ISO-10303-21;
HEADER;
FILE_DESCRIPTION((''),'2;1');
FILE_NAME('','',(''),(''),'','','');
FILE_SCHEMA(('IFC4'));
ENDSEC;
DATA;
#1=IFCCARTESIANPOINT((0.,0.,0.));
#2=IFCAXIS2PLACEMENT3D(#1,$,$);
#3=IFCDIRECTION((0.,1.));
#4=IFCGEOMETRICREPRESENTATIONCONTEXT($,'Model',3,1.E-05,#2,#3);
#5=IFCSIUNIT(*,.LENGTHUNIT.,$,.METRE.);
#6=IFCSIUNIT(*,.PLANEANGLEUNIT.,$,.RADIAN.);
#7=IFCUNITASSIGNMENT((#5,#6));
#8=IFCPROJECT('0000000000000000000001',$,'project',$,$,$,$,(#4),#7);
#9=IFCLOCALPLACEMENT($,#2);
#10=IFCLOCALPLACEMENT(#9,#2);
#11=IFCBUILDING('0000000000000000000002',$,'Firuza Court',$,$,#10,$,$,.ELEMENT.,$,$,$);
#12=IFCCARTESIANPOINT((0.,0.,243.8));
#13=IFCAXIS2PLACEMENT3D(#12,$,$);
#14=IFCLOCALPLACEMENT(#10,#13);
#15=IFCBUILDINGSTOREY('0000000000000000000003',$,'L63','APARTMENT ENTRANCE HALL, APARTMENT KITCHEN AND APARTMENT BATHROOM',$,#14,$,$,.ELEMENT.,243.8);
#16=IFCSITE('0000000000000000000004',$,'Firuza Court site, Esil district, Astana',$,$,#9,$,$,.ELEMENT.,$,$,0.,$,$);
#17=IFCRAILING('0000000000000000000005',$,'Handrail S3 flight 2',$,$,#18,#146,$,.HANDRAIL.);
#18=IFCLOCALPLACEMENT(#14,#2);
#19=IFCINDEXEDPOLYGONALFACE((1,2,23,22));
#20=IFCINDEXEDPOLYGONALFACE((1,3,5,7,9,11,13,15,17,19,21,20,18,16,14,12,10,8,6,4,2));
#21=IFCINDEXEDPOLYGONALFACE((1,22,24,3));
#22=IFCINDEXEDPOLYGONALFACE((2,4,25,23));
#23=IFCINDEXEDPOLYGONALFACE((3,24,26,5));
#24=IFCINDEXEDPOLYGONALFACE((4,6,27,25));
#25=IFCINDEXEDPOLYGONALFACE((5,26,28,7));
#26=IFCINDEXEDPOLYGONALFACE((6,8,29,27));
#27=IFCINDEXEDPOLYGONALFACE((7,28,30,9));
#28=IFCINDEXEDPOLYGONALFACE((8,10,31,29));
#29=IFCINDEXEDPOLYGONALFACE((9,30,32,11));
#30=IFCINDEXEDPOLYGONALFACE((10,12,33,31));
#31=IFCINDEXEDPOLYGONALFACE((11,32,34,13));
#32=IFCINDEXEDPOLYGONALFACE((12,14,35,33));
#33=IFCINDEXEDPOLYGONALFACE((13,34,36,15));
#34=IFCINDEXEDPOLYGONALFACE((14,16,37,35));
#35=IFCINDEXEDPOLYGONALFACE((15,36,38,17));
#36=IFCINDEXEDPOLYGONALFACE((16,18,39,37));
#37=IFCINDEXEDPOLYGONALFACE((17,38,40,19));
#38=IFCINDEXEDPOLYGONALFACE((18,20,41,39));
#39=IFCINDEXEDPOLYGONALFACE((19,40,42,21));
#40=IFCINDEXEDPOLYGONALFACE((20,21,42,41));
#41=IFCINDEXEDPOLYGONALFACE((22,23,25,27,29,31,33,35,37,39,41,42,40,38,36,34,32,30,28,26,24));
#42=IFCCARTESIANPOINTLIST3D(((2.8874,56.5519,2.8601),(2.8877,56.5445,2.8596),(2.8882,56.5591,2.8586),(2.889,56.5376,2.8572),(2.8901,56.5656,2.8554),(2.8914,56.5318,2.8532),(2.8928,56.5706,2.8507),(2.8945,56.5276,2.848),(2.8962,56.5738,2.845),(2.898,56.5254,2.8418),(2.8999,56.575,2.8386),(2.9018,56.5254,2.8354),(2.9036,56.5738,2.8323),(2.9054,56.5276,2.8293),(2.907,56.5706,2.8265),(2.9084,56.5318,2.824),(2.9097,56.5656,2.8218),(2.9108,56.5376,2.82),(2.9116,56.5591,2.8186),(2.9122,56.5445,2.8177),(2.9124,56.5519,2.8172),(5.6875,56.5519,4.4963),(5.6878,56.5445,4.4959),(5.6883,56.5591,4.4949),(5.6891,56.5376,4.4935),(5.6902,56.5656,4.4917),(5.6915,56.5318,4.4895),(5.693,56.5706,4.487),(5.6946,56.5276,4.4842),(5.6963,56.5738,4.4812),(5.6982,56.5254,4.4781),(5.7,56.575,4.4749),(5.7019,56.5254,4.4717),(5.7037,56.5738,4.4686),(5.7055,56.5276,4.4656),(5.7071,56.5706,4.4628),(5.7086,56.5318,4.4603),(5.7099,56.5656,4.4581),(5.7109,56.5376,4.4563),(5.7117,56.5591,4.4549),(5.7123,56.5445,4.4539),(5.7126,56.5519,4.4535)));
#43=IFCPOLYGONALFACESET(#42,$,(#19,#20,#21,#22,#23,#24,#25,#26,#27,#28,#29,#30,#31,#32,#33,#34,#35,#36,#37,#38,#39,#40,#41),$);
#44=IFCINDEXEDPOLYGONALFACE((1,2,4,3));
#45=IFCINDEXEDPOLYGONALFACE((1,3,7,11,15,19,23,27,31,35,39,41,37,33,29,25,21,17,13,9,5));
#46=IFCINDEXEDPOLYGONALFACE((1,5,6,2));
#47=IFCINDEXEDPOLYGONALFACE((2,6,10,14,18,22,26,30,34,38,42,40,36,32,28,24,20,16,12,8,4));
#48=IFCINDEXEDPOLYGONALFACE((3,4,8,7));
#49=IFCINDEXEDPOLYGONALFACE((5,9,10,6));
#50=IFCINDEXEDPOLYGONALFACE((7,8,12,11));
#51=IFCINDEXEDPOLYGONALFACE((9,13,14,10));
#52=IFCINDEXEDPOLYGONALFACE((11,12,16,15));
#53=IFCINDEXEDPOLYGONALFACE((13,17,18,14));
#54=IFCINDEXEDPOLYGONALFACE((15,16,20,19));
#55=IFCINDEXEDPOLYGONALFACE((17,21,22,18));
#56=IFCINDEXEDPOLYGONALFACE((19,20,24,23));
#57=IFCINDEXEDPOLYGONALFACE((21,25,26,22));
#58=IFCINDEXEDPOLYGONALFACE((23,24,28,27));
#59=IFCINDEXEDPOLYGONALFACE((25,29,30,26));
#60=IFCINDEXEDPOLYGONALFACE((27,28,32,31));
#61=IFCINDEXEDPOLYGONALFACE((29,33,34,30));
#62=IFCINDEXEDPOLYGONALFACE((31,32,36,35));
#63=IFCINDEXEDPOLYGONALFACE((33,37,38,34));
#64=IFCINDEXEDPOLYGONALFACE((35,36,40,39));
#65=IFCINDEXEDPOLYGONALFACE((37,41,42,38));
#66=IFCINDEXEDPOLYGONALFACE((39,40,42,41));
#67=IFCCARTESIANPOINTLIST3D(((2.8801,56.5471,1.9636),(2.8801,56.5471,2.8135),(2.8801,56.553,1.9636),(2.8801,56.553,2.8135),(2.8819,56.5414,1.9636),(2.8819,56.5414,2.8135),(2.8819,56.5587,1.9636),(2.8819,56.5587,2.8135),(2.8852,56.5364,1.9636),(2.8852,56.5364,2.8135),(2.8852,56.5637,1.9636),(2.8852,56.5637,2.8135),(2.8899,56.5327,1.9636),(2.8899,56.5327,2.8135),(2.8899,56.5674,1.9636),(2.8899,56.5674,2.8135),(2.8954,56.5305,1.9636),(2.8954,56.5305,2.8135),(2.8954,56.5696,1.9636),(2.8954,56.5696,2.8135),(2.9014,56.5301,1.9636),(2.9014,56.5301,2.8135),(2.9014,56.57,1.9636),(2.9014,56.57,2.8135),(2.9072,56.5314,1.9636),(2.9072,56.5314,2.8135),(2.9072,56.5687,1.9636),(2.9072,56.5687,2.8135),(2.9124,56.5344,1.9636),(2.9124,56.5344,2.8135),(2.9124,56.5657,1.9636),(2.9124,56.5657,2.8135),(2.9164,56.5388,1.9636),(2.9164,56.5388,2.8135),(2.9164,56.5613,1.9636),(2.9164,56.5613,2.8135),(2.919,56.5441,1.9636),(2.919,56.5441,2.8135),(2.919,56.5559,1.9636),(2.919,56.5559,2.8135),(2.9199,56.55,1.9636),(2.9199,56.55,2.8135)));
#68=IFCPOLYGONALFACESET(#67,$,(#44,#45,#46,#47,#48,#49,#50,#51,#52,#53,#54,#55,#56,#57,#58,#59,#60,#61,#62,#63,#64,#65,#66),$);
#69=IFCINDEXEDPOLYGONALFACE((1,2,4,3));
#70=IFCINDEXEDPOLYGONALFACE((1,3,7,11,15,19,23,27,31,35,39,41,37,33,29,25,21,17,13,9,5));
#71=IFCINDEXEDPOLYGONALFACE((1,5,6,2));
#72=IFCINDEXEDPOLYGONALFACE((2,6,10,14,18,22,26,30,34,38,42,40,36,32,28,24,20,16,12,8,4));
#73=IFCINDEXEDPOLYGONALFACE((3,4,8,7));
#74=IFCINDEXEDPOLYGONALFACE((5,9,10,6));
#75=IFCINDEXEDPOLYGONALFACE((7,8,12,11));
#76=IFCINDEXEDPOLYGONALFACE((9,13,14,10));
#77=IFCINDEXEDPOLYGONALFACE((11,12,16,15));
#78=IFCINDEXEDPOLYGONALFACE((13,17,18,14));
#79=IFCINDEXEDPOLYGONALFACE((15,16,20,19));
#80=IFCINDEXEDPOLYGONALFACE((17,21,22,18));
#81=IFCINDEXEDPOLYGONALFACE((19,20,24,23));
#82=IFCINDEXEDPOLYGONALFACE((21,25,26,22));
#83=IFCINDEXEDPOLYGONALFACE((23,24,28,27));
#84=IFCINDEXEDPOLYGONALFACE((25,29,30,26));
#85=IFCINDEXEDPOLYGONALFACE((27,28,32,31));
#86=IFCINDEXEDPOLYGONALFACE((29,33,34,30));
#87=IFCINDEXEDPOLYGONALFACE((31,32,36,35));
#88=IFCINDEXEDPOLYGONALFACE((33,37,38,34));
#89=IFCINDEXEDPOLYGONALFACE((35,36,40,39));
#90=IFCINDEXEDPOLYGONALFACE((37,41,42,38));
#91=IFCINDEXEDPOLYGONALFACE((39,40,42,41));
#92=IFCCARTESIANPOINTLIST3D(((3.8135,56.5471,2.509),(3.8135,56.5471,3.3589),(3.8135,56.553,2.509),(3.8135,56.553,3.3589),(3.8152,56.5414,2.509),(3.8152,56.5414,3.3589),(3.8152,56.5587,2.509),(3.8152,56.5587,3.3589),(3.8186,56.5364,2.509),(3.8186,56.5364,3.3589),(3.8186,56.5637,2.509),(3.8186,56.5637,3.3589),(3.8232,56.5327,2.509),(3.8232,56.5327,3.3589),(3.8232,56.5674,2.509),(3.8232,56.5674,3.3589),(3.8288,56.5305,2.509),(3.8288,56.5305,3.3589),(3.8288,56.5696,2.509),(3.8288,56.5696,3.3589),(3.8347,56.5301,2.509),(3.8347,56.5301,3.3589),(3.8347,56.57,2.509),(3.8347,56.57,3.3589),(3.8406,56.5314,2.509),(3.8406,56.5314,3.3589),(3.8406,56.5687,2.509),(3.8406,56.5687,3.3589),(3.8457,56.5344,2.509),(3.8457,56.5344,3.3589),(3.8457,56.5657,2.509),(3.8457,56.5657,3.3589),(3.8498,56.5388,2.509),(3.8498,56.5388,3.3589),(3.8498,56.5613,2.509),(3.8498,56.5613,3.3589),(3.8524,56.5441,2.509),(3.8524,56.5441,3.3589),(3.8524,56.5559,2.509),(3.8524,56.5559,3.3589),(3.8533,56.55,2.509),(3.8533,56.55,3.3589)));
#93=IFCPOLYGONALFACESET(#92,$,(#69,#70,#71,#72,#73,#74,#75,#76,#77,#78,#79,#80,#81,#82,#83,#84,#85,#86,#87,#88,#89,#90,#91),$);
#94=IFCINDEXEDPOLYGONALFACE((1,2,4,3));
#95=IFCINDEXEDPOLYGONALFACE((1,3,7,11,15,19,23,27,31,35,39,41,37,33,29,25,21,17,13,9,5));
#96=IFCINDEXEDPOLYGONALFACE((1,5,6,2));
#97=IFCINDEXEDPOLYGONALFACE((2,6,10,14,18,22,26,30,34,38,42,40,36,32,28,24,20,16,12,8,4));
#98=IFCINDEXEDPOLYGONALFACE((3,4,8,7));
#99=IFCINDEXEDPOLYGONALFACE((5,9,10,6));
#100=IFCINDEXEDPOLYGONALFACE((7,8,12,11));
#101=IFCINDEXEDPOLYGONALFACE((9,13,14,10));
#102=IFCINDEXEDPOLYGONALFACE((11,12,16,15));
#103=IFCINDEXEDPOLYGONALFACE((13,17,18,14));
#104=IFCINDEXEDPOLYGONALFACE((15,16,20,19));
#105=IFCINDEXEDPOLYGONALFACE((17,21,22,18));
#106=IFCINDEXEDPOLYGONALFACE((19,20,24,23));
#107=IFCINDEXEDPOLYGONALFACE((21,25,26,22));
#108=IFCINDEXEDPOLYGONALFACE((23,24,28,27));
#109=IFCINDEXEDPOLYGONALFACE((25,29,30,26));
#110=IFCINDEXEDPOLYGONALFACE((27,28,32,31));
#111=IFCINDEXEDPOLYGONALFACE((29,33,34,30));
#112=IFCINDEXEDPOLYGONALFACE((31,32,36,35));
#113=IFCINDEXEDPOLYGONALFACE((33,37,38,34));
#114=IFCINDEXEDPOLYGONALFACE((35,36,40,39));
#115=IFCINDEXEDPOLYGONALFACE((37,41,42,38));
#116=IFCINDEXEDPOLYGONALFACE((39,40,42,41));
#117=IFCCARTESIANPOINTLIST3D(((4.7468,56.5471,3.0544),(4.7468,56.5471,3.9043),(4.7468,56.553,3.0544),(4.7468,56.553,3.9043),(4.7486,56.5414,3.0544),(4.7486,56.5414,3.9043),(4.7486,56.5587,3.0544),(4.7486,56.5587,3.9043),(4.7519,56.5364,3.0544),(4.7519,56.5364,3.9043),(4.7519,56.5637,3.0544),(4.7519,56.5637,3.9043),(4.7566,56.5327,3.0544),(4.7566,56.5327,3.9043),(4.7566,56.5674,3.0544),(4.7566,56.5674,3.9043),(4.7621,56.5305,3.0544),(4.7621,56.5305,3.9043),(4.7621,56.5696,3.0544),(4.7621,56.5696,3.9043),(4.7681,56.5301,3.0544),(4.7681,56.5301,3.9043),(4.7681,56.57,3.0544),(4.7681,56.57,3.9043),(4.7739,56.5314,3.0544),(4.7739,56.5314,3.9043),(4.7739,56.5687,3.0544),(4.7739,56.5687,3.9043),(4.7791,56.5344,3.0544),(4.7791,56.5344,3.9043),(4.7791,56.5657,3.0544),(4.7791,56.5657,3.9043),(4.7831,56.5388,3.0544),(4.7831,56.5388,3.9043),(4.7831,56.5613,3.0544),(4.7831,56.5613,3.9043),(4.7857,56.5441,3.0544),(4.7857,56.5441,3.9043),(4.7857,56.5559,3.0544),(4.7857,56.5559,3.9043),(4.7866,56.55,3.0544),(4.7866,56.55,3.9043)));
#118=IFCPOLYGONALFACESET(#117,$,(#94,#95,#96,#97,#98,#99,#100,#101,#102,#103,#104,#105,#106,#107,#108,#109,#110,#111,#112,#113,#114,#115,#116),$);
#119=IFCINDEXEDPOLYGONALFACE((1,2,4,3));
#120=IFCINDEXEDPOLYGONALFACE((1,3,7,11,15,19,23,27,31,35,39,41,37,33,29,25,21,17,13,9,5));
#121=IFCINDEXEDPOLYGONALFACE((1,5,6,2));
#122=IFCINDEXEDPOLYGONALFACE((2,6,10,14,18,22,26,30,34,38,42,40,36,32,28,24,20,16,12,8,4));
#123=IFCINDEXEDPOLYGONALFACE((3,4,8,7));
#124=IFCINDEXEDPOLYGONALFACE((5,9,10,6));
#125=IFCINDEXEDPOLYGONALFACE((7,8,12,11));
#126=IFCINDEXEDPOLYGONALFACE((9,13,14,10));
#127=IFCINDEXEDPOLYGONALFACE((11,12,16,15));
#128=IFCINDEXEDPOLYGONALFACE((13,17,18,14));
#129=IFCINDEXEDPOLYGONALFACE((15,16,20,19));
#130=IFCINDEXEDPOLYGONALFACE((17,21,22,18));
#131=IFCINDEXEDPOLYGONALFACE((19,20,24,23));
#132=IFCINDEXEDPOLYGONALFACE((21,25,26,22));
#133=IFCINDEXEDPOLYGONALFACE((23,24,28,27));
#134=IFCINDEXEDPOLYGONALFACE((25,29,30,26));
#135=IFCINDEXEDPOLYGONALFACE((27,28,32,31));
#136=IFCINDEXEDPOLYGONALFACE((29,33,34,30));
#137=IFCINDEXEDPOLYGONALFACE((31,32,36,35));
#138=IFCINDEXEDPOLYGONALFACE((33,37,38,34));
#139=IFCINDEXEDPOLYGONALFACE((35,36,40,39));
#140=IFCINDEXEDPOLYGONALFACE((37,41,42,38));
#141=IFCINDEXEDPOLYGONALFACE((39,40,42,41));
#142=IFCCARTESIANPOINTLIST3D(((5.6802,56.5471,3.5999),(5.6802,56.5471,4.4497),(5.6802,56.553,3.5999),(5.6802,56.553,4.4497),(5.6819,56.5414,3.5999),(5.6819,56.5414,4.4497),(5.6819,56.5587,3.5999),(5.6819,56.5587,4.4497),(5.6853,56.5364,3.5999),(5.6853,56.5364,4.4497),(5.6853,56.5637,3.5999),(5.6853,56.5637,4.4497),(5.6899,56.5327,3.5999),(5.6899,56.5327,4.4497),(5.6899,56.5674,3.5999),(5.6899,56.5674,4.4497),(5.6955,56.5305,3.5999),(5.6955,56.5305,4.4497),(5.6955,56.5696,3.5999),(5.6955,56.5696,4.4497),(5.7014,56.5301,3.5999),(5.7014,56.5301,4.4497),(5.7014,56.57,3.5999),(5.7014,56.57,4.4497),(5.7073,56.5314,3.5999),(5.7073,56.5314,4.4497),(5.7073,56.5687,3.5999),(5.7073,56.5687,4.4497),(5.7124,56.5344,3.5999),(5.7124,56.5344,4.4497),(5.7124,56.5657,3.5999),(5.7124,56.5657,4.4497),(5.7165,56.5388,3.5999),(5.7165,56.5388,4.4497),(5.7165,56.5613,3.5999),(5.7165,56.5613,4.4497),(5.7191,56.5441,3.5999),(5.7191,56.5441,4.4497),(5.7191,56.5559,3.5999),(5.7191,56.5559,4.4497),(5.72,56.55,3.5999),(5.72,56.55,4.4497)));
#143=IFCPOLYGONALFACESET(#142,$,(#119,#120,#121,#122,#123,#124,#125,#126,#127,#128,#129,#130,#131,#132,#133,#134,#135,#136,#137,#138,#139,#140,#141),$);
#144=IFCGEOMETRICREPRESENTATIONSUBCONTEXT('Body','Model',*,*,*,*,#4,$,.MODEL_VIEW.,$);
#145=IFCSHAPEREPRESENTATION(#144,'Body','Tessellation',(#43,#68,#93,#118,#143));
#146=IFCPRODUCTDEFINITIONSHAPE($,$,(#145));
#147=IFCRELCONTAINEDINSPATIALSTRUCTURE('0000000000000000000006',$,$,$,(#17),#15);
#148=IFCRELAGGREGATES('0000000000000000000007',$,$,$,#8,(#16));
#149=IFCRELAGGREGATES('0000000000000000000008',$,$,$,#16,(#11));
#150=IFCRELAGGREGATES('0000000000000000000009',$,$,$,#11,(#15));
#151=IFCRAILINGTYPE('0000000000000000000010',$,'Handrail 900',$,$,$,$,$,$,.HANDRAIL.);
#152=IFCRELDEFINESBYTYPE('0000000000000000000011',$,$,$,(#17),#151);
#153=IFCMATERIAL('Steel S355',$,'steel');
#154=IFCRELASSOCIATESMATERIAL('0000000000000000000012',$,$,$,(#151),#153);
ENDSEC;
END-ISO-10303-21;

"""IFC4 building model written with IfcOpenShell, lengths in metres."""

from ifc_helpers import new_model, si_unit, direction, frame, origin, origin_2d, place, context, subcontext, project, spatial, circle, extrude, material, type_object, element, save


model = new_model("IFC4")

# Units and contexts
model_context = context("Model", 3, precision=1e-05, world=origin(), true_north=direction((0.0, 1.0)))
body_context = subcontext(model_context, "Body", "Model", "MODEL_VIEW")
ifc_project = project(units=[si_unit("LENGTHUNIT", "METRE"), si_unit("PLANEANGLEUNIT", "RADIAN")], contexts=[model_context])

# Site, building, storey
site_placement = place(None, origin())
site = spatial("IfcSite", under=ifc_project, at=site_placement, Name="Firuza Court site, Esil district, Astana", CompositionType="ELEMENT", RefElevation=0.0)
building_placement = place(site_placement, origin())
building = spatial("IfcBuilding", under=site, at=building_placement, Name="Firuza Court", CompositionType="ELEMENT")
storey_placement = place(building_placement, frame((0.0, 0.0, 243.8)))
storey = spatial("IfcBuildingStorey", under=building, at=storey_placement, Name="L63", Description="APARTMENT ENTRANCE HALL, APARTMENT KITCHEN AND APARTMENT BATHROOM", CompositionType="ELEMENT", Elevation=243.8)

# Railing
ifc_material_1 = material(Name="Steel S355", Category="steel")
railing_type_1 = type_object("IfcRailingType", Name="Handrail 900", PredefinedType="HANDRAIL", material=ifc_material_1)
railing_1_placement = place(storey_placement, frame((2.8999, 56.55, 1.9636)))
element("IfcRailing", 1, at=railing_1_placement, inside=storey, type_object=railing_type_1, Name="Handrail S3 flight 2", PredefinedType="HANDRAIL", context=body_context, shape_type="SweptSolid", body=[
    extrude(circle(Radius=0.0249, at=origin_2d()), frame((0.0, 0.0, 0.875), z_axis=(0.863394, 0.0, 0.504531), x_axis=(0.0, 1.0, 0.0)), (0.0, 0.0, 1.0), 3.2432),
    extrude(circle(Radius=0.02, at=origin_2d()), origin(), (0.0, 0.0, 1.0), 0.8499),
    extrude(circle(Radius=0.02, at=origin_2d()), frame((0.9333, 0.0, 0.5454)), (0.0, 0.0, 1.0), 0.8499),
    extrude(circle(Radius=0.02, at=origin_2d()), frame((1.8667, 0.0, 1.0908)), (0.0, 0.0, 1.0), 0.8499),
    extrude(circle(Radius=0.02, at=origin_2d()), frame((2.8, 0.0, 1.6362)), (0.0, 0.0, 1.0), 0.8499),
])

save(model, "model.ifc")
